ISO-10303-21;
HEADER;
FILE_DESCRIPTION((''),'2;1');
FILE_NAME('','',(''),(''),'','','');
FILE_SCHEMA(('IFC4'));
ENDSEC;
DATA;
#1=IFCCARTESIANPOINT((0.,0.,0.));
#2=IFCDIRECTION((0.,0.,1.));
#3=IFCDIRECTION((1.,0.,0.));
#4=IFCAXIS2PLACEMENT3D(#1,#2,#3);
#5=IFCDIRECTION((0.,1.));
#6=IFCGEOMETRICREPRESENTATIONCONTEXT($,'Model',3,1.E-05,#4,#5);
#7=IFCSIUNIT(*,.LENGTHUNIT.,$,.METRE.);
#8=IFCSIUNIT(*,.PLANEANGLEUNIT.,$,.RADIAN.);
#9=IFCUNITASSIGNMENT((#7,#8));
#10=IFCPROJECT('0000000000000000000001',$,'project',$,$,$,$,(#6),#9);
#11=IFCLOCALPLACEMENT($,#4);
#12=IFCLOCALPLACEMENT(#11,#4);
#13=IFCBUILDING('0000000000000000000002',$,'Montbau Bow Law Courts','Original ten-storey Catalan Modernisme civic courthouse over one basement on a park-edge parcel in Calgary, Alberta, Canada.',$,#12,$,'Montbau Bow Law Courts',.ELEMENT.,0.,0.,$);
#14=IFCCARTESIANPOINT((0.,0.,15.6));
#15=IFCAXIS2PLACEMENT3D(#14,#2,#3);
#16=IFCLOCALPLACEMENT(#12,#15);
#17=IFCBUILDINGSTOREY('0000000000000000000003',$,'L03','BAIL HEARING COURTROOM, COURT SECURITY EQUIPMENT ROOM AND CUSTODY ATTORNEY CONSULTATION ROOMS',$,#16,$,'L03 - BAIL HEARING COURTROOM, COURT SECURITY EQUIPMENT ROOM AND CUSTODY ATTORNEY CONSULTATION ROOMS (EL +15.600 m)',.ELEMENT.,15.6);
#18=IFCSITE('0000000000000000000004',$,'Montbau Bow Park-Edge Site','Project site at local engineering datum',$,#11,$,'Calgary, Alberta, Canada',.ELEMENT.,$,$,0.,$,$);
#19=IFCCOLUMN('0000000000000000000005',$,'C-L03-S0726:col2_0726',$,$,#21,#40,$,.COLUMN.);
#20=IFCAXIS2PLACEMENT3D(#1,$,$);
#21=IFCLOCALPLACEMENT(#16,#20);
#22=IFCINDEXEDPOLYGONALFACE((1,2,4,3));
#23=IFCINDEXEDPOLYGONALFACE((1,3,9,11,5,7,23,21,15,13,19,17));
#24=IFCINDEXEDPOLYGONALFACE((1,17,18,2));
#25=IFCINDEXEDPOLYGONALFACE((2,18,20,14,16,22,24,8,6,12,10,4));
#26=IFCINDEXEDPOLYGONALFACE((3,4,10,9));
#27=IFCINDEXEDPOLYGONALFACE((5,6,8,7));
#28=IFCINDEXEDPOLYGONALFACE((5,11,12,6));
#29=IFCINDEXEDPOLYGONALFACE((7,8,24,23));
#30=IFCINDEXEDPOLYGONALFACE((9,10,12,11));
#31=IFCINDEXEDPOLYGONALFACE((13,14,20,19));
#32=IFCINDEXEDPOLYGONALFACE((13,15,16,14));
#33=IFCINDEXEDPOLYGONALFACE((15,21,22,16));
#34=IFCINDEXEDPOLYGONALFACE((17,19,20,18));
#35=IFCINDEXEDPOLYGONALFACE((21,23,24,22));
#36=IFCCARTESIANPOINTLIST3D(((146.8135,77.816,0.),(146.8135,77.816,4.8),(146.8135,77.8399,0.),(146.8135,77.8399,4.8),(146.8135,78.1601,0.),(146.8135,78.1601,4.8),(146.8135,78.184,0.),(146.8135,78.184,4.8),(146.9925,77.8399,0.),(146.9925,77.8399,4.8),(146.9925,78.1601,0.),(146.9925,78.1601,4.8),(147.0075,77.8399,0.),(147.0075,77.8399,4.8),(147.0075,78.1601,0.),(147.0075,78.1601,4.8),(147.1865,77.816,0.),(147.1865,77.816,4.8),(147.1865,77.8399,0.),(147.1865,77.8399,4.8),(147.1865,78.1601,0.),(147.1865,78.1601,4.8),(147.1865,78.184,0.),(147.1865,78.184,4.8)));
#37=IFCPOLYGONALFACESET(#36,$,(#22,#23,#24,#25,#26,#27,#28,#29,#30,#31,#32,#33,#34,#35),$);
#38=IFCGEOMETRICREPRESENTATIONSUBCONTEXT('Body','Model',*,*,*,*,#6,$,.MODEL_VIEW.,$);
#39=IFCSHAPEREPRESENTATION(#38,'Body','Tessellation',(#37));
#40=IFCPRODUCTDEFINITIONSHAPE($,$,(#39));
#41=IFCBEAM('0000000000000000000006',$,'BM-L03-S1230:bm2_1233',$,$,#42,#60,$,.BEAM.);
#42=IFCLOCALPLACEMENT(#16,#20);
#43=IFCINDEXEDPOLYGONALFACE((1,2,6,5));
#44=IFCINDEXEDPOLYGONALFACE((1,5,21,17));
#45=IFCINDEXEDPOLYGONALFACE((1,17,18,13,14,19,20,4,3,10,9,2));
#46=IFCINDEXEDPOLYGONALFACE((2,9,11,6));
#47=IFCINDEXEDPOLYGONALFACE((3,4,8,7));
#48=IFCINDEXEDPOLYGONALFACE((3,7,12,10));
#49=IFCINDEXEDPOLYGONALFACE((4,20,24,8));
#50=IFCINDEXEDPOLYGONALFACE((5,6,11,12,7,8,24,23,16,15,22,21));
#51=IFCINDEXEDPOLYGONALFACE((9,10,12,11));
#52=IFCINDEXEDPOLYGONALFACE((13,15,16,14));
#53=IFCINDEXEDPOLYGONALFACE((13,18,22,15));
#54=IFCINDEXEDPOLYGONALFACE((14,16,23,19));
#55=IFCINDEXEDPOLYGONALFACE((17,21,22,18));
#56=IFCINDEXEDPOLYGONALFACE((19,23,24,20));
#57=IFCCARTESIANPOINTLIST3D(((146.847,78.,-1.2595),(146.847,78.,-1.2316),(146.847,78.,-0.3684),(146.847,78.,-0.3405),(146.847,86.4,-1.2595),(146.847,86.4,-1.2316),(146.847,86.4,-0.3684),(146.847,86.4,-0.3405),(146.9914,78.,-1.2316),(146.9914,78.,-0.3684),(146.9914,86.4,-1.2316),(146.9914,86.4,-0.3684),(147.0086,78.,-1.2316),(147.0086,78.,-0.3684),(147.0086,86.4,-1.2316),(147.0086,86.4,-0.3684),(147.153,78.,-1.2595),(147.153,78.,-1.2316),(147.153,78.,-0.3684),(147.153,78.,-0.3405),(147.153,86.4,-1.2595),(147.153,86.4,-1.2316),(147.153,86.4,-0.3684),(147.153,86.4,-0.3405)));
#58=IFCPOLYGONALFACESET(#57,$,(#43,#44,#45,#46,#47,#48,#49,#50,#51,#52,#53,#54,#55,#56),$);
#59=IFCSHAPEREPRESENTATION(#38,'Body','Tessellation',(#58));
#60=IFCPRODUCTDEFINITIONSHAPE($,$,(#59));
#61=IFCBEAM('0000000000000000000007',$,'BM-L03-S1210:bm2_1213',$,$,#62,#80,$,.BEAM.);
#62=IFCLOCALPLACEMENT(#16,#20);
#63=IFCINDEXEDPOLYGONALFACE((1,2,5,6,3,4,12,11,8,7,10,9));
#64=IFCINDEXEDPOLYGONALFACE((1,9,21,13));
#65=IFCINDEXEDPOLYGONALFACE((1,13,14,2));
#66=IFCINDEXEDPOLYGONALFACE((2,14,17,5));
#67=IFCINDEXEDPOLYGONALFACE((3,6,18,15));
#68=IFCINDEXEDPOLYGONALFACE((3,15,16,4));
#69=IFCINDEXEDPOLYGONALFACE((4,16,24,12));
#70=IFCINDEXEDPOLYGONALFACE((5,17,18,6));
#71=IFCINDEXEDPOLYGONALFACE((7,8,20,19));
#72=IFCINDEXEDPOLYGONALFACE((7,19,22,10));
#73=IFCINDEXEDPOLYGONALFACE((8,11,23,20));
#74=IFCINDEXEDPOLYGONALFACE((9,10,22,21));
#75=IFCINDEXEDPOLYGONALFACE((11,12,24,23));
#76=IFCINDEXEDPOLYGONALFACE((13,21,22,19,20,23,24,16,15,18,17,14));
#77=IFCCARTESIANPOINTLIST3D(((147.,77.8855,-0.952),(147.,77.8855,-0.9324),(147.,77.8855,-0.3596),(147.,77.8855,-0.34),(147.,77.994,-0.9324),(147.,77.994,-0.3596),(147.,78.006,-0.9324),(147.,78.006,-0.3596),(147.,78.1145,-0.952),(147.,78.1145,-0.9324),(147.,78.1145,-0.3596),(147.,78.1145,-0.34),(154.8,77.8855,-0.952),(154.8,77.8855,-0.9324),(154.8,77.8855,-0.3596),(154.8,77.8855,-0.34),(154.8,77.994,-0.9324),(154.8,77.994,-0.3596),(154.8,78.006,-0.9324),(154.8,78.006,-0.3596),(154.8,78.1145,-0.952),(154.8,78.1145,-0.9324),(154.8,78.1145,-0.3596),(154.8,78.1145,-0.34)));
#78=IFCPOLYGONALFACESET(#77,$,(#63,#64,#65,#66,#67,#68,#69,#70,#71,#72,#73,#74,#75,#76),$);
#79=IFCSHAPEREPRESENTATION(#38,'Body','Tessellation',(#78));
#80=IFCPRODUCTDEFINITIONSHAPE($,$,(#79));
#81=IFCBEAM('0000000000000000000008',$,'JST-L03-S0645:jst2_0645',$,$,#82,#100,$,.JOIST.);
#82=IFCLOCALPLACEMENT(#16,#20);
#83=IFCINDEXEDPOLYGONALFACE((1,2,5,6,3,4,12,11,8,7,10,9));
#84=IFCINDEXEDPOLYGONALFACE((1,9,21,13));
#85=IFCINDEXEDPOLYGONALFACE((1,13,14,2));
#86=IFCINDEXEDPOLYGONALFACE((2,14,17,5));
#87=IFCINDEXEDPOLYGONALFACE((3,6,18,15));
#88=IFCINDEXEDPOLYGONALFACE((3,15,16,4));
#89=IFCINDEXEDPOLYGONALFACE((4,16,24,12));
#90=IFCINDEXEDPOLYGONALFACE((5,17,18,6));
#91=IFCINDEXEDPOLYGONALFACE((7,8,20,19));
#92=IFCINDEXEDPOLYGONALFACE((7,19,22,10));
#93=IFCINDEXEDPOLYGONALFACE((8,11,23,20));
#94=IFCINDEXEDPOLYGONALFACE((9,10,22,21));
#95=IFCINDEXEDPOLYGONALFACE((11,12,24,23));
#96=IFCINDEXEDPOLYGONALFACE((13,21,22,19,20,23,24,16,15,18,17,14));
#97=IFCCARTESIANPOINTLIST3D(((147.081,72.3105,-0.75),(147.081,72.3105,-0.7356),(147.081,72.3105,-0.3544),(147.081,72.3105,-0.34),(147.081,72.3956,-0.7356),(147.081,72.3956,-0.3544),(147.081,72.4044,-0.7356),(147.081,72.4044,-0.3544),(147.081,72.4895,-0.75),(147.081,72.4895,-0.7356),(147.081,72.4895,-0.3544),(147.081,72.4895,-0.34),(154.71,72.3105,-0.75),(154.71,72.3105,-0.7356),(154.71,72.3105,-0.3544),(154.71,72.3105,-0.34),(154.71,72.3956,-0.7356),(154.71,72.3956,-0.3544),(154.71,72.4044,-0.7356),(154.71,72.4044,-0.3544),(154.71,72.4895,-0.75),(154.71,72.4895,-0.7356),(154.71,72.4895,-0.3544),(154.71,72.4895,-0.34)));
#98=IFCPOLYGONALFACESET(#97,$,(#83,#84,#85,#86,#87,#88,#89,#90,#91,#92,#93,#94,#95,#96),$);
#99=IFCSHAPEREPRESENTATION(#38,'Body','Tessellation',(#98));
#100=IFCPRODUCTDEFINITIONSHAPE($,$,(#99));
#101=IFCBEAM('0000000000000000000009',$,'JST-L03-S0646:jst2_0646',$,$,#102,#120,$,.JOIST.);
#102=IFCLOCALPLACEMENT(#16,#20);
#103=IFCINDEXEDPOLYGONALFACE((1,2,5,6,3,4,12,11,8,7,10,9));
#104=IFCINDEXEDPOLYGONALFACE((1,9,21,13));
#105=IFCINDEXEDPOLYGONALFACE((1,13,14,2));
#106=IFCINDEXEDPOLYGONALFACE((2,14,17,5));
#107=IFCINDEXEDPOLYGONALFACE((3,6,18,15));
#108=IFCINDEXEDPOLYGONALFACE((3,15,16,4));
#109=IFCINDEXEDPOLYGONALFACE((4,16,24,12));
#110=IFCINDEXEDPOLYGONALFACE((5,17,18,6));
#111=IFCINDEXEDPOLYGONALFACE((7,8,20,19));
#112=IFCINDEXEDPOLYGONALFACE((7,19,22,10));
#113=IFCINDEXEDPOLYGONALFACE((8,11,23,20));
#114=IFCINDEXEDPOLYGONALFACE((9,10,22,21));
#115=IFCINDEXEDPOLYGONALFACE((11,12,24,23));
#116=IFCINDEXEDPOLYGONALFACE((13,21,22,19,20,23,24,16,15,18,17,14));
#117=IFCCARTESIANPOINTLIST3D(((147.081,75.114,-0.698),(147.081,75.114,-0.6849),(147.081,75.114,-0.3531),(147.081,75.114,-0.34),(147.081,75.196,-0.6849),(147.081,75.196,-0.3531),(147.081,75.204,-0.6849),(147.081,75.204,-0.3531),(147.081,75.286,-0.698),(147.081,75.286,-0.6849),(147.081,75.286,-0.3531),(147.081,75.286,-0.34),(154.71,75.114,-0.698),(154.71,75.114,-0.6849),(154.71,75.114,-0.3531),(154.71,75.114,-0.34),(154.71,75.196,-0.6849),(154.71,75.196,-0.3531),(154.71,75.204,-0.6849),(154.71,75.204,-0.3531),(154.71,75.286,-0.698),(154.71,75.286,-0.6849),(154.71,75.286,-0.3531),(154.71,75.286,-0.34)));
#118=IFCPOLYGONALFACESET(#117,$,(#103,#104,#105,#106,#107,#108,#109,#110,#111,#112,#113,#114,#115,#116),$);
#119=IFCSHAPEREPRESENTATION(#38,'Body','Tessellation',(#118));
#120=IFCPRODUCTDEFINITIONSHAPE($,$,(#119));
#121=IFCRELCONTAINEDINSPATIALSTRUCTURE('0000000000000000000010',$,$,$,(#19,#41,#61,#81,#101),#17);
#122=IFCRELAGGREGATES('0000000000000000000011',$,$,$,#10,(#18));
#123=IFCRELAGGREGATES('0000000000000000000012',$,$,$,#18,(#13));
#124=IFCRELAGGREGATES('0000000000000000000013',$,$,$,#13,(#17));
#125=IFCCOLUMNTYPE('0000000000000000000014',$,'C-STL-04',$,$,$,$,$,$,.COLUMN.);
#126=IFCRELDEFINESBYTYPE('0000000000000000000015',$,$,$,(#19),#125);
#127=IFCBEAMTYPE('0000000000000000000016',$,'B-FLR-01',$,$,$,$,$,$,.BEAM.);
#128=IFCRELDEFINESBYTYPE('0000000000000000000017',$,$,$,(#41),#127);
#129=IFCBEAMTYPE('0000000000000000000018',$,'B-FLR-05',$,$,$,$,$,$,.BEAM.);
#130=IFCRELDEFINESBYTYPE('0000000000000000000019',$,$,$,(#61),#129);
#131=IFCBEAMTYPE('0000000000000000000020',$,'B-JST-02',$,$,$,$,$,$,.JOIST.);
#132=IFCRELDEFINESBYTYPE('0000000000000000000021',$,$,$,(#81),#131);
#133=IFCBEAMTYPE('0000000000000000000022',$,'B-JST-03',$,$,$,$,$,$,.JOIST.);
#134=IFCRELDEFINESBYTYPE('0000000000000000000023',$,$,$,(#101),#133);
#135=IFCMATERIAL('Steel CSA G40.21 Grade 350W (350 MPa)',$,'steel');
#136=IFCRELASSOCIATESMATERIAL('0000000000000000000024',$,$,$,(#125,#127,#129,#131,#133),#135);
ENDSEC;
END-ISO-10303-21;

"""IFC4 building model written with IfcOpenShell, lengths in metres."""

from ifc_helpers import new_model, si_unit, direction, frame, origin_with_axes, origin_2d_with_axis, place, context, subcontext, project, spatial, i_section, extrude, material, material_profile, profile_set, type_object, element, save


model = new_model("IFC4")

# Units and contexts
model_context = context("Model", 3, precision=1e-05, world=origin_with_axes(), true_north=direction((0.0, 1.0)))
body_context = subcontext(model_context, "Body", "Model", "MODEL_VIEW")
ifc_project = project(units=[si_unit("LENGTHUNIT", "METRE"), si_unit("PLANEANGLEUNIT", "RADIAN")], contexts=[model_context])

# Site, building, storey
site_placement = place(None, origin_with_axes())
site = spatial("IfcSite", under=ifc_project, at=site_placement, Name="Montbau Bow Park-Edge Site", Description="Project site at local engineering datum", LongName="Calgary, Alberta, Canada", CompositionType="ELEMENT", RefElevation=0.0)
building_placement = place(site_placement, origin_with_axes())
building = spatial("IfcBuilding", under=site, at=building_placement, Name="Montbau Bow Law Courts", Description="Original ten-storey Catalan Modernisme civic courthouse over one basement on a park-edge parcel in Calgary, Alberta, Canada.", LongName="Montbau Bow Law Courts", CompositionType="ELEMENT", ElevationOfRefHeight=0.0, ElevationOfTerrain=0.0)
storey_placement = place(building_placement, frame((0.0, 0.0, 15.6), z_axis=(0.0, 0.0, 1.0), x_axis=(1.0, 0.0, 0.0)))
storey = spatial("IfcBuildingStorey", under=building, at=storey_placement, Name="L03", Description="BAIL HEARING COURTROOM, COURT SECURITY EQUIPMENT ROOM AND CUSTODY ATTORNEY CONSULTATION ROOMS", LongName="L03 - BAIL HEARING COURTROOM, COURT SECURITY EQUIPMENT ROOM AND CUSTODY ATTORNEY CONSULTATION ROOMS (EL +15.600 m)", CompositionType="ELEMENT", Elevation=15.6)

# Column
ifc_material_1 = material(Name="Steel CSA G40.21 Grade 350W (350 MPa)", Category="steel")
ifc_material_profile_1 = material_profile(ifc_material_1, i_section(OverallWidth=0.373, OverallDepth=0.368, WebThickness=0.015, FlangeThickness=0.0239, at=origin_2d_with_axis()), Name="W360X179", Category="Main", Priority=0)
ifc_profile_set_1 = profile_set([ifc_material_profile_1], Name="Steel CSA G40.21 Grade 350W (350 MPa)")
column_type = type_object("IfcColumnType", Name="C-STL-04", PredefinedType="COLUMN", material=ifc_profile_set_1)
column_placement = place(None, frame((147.0, 78.0, 15.6), z_axis=(0.0, 0.0, 1.0), x_axis=(1.0, 0.0, 0.0)))
element("IfcColumn", 1, at=column_placement, inside=storey, type_object=column_type, Name="C-L03-S0726:col2_0726", PredefinedType="COLUMN", context=body_context, shape_type="SweptSolid", body=[
    extrude(i_section(OverallWidth=0.373, OverallDepth=0.368, WebThickness=0.015, FlangeThickness=0.0239, at=origin_2d_with_axis()), origin_with_axes(), (0.0, 0.0, 1.0), 4.8),
])

# Beams
ifc_material_profile_2 = material_profile(ifc_material_1, i_section(OverallWidth=0.306, OverallDepth=0.919, WebThickness=0.0173, FlangeThickness=0.0279, at=origin_2d_with_axis()), Name="W920X253", Category="Main", Priority=0)
ifc_profile_set_2 = profile_set([ifc_material_profile_2], Name="Steel CSA G40.21 Grade 350W (350 MPa)")
beam_type_1 = type_object("IfcBeamType", Name="B-FLR-01", PredefinedType="BEAM", material=ifc_profile_set_2)
beam_1_placement = place(None, frame((147.0, 78.0, 14.8), z_axis=(0.0, 1.0, 0.0), x_axis=(-1.0, 0.0, 0.0)))
element("IfcBeam", 2, at=beam_1_placement, inside=storey, type_object=beam_type_1, Name="BM-L03-S1230:bm2_1233", PredefinedType="BEAM", context=body_context, shape_type="SweptSolid", body=[
    extrude(i_section(OverallWidth=0.306, OverallDepth=0.919, WebThickness=0.0173, FlangeThickness=0.0279, at=origin_2d_with_axis()), origin_with_axes(), (0.0, 0.0, 1.0), 8.4),
])
ifc_material_profile_3 = material_profile(ifc_material_1, i_section(OverallWidth=0.229, OverallDepth=0.612, WebThickness=0.0119, FlangeThickness=0.0196, at=origin_2d_with_axis()), Name="W610X125", Category="Main", Priority=0)
ifc_profile_set_3 = profile_set([ifc_material_profile_3], Name="Steel CSA G40.21 Grade 350W (350 MPa)")
beam_type_2 = type_object("IfcBeamType", Name="B-FLR-05", PredefinedType="BEAM", material=ifc_profile_set_3)
beam_2_placement = place(None, frame((147.0, 78.0, 14.954), z_axis=(1.0, 0.0, 0.0), x_axis=(0.0, 1.0, 0.0)))
element("IfcBeam", 3, at=beam_2_placement, inside=storey, type_object=beam_type_2, Name="BM-L03-S1210:bm2_1213", PredefinedType="BEAM", context=body_context, shape_type="SweptSolid", body=[
    extrude(i_section(OverallWidth=0.229, OverallDepth=0.612, WebThickness=0.0119, FlangeThickness=0.0196, at=origin_2d_with_axis()), origin_with_axes(), (0.0, 0.0, 1.0), 7.8),
])
ifc_material_profile_4 = material_profile(ifc_material_1, i_section(OverallWidth=0.179, OverallDepth=0.41, WebThickness=0.0088, FlangeThickness=0.0144, at=origin_2d_with_axis()), Name="W410X67", Category="Main", Priority=0)
ifc_profile_set_4 = profile_set([ifc_material_profile_4], Name="Steel CSA G40.21 Grade 350W (350 MPa)")
beam_type_3 = type_object("IfcBeamType", Name="B-JST-02", PredefinedType="JOIST", material=ifc_profile_set_4)
beam_3_placement = place(None, frame((147.081, 72.4, 15.055), z_axis=(1.0, 0.0, 0.0), x_axis=(0.0, 1.0, 0.0)))
element("IfcBeam", 4, at=beam_3_placement, inside=storey, type_object=beam_type_3, Name="JST-L03-S0645:jst2_0645", PredefinedType="JOIST", context=body_context, shape_type="SweptSolid", body=[
    extrude(i_section(OverallWidth=0.179, OverallDepth=0.41, WebThickness=0.0088, FlangeThickness=0.0144, at=origin_2d_with_axis()), origin_with_axes(), (0.0, 0.0, 1.0), 7.629),
])
ifc_material_profile_5 = material_profile(ifc_material_1, i_section(OverallWidth=0.172, OverallDepth=0.358, WebThickness=0.0079, FlangeThickness=0.0131, at=origin_2d_with_axis()), Name="W360X57", Category="Main", Priority=0)
ifc_profile_set_5 = profile_set([ifc_material_profile_5], Name="Steel CSA G40.21 Grade 350W (350 MPa)")
beam_type_4 = type_object("IfcBeamType", Name="B-JST-03", PredefinedType="JOIST", material=ifc_profile_set_5)
beam_4_placement = place(None, frame((147.081, 75.2, 15.081), z_axis=(1.0, 0.0, 0.0), x_axis=(0.0, 1.0, 0.0)))
element("IfcBeam", 5, at=beam_4_placement, inside=storey, type_object=beam_type_4, Name="JST-L03-S0646:jst2_0646", PredefinedType="JOIST", context=body_context, shape_type="SweptSolid", body=[
    extrude(i_section(OverallWidth=0.172, OverallDepth=0.358, WebThickness=0.0079, FlangeThickness=0.0131, at=origin_2d_with_axis()), origin_with_axes(), (0.0, 0.0, 1.0), 7.629),
])

save(model, "model.ifc")
